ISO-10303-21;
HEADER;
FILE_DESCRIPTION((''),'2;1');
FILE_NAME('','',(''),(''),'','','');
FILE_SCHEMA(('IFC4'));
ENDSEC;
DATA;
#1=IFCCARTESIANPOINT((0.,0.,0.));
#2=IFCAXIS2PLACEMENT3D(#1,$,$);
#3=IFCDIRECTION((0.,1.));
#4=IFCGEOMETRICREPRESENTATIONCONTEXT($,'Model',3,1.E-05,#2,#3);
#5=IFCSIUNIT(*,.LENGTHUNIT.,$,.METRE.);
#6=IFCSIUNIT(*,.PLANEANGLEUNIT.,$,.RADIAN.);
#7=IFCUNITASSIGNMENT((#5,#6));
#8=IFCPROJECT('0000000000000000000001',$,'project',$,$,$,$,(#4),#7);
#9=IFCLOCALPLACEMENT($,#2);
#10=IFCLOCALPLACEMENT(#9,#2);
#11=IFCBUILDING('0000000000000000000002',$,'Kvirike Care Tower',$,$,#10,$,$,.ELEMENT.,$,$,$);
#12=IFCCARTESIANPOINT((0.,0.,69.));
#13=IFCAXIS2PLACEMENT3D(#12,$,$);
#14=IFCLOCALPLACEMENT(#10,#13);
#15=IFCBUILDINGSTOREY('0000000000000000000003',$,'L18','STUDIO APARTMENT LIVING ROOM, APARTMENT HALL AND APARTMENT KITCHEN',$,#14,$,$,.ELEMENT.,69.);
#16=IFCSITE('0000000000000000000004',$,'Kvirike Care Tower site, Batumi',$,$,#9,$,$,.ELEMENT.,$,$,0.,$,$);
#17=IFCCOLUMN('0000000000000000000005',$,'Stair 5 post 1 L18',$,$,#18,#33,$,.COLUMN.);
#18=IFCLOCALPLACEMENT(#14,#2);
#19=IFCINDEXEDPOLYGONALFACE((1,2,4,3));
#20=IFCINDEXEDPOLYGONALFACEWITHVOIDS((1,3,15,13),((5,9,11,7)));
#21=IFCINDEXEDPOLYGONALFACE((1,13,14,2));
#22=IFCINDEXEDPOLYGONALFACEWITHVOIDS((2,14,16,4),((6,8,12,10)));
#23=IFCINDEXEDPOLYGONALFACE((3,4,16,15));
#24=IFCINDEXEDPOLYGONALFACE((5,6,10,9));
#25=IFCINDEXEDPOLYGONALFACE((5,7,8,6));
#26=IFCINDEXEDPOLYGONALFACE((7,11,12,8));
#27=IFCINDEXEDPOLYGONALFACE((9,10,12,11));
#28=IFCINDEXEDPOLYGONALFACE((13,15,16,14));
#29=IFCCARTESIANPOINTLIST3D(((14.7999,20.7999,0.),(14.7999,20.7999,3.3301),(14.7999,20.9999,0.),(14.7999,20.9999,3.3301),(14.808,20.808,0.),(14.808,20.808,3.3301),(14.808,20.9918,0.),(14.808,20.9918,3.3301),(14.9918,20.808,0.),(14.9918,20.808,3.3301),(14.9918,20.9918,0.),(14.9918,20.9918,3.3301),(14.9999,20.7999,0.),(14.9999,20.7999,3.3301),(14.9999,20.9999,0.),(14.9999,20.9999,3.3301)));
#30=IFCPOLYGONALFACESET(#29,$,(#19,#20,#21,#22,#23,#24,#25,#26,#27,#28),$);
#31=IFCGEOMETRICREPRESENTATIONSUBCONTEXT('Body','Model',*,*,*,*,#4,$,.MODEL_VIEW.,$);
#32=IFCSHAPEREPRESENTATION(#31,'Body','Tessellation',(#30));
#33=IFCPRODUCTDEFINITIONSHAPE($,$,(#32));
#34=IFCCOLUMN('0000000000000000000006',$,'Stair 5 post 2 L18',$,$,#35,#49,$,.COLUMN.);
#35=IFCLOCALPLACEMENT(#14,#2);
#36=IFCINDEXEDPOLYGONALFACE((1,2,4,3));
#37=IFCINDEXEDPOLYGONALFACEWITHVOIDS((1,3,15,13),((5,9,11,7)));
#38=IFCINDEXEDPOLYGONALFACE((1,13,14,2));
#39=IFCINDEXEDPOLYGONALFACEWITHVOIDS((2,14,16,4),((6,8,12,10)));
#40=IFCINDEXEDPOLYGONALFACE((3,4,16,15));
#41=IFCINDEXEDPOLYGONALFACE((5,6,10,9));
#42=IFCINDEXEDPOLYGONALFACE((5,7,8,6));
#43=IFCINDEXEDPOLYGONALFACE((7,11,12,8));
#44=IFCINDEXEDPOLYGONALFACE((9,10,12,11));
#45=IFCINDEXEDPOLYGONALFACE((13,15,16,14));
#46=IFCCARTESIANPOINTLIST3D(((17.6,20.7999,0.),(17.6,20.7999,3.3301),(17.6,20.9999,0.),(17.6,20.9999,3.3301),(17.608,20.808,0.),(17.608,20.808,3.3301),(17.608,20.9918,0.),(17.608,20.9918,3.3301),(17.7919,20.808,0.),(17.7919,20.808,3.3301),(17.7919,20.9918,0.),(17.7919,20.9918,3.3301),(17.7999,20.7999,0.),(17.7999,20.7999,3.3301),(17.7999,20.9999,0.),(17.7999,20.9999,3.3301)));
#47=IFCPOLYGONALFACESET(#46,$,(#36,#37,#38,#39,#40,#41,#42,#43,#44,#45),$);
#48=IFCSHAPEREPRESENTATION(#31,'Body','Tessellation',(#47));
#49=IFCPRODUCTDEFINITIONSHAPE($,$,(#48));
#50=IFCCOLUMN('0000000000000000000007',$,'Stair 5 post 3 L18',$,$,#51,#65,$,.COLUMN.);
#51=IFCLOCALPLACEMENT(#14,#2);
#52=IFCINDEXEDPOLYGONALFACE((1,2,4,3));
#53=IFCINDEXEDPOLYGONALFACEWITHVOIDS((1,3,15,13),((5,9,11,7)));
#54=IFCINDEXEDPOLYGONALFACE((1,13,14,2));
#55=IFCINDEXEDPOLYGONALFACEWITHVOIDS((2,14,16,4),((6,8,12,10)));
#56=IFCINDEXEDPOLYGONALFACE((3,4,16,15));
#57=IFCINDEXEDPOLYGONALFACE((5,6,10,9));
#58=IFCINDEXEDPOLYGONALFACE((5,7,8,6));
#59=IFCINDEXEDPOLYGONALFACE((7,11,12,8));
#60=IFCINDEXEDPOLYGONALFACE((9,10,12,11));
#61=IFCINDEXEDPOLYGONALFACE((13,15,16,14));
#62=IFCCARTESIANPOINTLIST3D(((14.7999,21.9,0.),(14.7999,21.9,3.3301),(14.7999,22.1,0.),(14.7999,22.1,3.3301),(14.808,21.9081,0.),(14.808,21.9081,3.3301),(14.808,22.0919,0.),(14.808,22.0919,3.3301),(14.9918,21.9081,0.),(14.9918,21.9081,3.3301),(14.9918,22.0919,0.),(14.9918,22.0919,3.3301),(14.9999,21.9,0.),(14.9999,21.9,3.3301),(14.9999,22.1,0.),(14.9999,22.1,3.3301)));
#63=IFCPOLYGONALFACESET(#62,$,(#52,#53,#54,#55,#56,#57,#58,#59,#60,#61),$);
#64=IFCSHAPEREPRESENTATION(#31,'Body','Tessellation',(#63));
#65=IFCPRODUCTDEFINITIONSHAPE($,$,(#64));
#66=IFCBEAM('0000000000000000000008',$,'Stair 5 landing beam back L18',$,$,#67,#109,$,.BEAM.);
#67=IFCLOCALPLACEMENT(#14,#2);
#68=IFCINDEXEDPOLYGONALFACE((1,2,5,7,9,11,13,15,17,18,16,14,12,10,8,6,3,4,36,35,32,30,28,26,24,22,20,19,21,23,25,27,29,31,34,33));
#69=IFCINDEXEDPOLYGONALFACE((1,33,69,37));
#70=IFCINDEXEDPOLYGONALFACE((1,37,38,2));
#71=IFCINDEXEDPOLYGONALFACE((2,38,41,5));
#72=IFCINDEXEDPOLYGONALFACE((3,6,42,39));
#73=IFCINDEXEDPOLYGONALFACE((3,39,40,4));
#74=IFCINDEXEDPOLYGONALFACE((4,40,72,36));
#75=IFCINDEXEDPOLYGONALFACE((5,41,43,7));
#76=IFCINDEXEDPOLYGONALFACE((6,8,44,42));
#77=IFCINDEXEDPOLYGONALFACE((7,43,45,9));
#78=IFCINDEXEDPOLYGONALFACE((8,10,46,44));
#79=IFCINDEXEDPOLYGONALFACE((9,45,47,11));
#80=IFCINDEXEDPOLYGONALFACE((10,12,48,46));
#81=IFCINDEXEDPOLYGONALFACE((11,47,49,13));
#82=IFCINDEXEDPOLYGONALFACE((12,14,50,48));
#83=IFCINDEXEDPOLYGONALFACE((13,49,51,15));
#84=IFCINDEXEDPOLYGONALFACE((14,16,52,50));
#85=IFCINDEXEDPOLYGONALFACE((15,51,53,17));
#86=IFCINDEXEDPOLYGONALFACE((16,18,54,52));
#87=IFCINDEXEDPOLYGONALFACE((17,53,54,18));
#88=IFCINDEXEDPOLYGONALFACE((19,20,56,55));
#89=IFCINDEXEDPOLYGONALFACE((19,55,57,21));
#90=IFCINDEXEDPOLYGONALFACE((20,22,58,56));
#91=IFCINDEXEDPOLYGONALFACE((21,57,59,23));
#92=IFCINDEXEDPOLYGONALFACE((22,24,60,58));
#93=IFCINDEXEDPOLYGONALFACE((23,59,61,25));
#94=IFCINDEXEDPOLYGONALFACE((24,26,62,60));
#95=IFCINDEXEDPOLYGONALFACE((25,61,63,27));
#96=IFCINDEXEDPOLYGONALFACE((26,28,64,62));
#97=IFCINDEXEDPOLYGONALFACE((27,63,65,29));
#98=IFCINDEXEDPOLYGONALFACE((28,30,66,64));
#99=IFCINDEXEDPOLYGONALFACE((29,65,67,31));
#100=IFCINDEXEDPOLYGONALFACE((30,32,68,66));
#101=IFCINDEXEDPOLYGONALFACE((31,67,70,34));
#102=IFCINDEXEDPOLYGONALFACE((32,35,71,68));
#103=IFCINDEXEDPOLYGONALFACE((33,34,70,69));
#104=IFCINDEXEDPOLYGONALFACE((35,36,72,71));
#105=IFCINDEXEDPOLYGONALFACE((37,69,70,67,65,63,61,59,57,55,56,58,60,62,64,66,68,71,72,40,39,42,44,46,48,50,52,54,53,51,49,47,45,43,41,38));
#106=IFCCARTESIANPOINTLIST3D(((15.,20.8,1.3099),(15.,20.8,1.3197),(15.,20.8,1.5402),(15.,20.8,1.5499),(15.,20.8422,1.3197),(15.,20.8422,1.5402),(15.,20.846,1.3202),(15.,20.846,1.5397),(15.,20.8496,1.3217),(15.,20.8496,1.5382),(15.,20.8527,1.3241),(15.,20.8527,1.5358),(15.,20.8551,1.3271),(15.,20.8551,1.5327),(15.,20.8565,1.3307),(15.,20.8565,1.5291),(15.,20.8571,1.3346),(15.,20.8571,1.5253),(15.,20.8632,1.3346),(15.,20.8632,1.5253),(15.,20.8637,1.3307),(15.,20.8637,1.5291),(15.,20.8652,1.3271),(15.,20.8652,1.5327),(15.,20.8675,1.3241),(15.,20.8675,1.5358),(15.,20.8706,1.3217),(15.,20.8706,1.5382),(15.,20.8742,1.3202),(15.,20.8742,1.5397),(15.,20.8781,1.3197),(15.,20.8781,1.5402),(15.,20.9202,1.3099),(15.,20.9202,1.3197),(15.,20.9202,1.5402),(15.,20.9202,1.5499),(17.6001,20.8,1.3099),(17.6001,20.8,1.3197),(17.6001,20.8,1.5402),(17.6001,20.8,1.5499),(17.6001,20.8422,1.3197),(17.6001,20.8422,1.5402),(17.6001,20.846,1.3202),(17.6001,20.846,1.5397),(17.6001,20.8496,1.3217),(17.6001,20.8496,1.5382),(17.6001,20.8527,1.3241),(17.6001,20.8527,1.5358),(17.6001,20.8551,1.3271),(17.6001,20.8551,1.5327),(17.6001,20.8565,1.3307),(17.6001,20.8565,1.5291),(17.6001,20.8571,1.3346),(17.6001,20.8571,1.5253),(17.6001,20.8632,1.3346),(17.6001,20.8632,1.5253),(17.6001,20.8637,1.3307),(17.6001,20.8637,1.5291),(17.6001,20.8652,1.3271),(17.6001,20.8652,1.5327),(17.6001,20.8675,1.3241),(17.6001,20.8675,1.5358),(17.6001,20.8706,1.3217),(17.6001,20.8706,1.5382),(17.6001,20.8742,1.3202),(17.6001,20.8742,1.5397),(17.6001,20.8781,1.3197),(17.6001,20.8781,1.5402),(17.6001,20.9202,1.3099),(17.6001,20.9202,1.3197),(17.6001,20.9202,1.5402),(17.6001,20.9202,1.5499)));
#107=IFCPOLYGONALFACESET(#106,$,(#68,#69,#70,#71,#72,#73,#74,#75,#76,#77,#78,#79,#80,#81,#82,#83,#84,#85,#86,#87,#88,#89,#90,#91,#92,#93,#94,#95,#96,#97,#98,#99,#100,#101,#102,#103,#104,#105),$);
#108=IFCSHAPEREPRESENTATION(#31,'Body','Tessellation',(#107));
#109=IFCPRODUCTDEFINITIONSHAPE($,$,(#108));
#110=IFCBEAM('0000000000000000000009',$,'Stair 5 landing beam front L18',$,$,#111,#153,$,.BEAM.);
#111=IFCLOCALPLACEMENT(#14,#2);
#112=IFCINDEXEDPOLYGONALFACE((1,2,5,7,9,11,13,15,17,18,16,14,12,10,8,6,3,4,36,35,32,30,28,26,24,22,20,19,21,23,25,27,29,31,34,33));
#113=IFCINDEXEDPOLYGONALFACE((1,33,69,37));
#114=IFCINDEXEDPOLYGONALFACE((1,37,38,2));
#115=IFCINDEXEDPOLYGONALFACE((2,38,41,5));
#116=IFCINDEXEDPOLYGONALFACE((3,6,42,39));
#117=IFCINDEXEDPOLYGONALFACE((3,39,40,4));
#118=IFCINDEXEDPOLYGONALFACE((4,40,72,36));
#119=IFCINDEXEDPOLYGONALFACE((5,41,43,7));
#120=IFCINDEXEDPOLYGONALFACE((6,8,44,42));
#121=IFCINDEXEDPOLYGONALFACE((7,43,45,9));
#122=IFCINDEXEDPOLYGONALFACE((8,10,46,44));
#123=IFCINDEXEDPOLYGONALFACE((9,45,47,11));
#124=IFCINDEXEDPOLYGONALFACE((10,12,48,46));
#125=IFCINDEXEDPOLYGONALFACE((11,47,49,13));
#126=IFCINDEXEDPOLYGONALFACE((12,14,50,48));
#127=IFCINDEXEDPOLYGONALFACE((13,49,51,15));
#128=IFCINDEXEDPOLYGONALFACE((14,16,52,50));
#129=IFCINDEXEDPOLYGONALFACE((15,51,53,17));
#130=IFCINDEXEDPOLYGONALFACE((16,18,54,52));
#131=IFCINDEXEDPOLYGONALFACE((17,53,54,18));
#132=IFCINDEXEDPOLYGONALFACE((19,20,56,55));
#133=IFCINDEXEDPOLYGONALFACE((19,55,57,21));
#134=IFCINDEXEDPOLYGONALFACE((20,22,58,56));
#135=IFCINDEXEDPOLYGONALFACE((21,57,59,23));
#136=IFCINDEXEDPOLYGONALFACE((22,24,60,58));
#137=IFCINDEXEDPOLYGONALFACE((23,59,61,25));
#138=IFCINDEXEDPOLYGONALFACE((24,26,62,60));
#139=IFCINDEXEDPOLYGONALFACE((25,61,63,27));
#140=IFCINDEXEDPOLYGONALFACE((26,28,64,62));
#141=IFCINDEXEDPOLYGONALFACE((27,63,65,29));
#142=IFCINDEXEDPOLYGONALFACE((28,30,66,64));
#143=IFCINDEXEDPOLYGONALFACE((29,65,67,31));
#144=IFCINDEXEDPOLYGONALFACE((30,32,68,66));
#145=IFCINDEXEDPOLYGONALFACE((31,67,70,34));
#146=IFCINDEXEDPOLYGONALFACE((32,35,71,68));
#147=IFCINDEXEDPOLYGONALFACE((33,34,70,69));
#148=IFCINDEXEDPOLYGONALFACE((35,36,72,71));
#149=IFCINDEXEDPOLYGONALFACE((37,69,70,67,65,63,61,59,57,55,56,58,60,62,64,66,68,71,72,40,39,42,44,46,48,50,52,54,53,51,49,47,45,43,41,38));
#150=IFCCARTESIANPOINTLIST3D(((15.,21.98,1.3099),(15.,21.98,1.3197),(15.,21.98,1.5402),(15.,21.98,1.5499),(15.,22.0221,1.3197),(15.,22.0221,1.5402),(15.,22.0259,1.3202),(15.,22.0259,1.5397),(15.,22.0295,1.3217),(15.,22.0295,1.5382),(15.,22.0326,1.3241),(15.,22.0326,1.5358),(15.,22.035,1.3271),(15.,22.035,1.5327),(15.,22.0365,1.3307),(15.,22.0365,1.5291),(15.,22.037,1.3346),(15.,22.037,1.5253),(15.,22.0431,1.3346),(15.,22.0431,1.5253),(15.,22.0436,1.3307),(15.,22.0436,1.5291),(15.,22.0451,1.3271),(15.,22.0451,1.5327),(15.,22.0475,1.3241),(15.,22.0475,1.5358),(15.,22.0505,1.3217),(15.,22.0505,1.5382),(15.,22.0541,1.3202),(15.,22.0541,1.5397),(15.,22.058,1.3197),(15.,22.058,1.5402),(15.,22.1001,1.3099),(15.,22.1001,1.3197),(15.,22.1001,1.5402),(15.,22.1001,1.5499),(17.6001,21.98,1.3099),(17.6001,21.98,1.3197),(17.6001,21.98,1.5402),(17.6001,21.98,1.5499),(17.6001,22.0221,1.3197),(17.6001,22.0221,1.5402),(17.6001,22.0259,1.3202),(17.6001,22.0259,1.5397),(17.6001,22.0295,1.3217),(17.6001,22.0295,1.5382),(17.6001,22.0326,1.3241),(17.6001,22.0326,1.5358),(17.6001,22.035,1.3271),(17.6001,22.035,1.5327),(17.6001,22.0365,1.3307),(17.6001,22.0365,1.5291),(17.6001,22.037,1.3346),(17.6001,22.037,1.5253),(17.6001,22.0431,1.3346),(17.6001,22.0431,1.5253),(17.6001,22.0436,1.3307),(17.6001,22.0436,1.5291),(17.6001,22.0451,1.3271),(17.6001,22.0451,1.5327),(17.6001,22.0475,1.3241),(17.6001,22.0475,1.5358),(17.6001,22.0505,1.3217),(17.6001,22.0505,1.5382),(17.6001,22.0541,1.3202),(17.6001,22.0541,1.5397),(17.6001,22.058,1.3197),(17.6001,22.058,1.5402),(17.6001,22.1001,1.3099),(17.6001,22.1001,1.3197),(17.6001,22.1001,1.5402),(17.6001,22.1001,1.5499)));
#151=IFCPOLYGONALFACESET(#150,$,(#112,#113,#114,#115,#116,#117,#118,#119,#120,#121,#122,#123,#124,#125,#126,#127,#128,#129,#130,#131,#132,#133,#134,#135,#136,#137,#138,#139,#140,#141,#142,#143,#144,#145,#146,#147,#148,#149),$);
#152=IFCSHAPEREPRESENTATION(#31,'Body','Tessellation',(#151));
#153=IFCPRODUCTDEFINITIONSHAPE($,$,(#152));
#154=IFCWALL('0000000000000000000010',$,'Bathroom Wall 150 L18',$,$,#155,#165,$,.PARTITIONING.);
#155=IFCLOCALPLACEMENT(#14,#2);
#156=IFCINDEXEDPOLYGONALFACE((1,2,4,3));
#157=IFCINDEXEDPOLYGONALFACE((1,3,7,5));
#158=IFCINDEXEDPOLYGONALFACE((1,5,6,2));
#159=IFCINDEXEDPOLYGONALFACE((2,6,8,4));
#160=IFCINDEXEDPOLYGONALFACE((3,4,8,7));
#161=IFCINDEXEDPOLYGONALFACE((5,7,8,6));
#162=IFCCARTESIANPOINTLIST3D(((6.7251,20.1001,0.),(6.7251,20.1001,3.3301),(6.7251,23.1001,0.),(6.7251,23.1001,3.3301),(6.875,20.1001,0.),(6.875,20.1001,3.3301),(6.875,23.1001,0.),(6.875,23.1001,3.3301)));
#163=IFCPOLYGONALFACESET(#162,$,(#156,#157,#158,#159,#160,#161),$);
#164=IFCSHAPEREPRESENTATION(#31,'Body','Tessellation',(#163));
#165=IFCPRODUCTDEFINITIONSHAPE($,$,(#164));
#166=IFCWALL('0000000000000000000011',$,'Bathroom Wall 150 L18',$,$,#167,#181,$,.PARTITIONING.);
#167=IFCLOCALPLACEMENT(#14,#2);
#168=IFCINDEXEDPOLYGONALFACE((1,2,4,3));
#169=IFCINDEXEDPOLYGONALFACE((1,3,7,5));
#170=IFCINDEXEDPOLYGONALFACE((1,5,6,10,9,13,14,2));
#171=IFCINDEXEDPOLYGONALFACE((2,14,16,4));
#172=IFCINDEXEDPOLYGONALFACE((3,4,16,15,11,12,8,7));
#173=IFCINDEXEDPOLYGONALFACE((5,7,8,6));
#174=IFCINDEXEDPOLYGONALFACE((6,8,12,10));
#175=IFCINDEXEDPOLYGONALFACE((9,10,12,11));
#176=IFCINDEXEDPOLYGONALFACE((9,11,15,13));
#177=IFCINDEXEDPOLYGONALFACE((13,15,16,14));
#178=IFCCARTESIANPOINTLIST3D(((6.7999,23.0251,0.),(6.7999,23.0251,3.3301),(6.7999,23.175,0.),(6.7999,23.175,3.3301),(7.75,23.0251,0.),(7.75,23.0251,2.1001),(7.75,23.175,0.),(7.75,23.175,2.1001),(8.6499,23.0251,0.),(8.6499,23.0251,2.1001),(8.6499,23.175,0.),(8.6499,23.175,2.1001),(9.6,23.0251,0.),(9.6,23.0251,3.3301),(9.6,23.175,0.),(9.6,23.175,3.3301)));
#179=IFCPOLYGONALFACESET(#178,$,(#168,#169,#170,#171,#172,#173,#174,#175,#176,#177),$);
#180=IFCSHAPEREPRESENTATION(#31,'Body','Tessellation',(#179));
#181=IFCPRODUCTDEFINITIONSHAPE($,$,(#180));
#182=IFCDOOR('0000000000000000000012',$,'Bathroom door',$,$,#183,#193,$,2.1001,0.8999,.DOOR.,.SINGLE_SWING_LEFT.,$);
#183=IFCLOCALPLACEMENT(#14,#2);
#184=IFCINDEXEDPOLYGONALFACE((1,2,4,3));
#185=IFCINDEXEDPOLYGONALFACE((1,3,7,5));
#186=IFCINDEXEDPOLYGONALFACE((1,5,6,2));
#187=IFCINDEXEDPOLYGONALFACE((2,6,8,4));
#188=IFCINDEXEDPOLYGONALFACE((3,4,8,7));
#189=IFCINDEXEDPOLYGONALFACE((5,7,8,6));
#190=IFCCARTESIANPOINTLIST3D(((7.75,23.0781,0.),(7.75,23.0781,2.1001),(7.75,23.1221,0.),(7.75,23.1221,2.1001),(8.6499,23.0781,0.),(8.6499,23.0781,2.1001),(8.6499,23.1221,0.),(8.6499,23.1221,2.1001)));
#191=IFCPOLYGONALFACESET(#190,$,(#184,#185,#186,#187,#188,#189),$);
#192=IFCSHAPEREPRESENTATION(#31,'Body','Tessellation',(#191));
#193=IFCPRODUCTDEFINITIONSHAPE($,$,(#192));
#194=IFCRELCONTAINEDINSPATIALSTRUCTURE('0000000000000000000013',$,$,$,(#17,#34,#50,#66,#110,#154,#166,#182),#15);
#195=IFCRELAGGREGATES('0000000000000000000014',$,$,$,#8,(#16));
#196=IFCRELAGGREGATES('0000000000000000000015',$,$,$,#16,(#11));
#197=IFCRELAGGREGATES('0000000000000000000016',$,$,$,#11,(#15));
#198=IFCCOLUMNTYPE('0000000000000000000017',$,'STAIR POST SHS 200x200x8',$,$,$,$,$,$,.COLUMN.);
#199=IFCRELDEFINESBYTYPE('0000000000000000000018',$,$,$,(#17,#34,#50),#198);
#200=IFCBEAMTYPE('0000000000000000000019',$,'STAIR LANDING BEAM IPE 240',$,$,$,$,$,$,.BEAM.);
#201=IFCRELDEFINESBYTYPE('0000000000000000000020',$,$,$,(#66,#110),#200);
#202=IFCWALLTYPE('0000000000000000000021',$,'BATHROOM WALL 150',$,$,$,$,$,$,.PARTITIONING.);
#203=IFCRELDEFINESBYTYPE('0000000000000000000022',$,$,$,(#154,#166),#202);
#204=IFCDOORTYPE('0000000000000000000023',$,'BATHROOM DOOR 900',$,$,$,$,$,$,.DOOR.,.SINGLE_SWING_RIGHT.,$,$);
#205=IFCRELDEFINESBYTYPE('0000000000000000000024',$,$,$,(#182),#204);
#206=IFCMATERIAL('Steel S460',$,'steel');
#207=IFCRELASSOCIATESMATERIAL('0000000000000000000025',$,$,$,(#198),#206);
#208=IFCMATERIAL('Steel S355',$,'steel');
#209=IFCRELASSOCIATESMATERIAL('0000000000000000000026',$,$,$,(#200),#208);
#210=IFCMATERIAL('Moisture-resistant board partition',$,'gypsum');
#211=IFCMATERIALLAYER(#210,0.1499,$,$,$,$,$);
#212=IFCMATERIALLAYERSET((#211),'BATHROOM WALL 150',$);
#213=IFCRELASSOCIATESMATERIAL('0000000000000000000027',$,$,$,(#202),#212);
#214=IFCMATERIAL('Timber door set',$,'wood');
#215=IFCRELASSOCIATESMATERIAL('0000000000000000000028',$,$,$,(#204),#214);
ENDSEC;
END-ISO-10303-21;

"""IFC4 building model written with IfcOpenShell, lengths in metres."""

from ifc_helpers import new_model, si_unit, direction, frame, frame_2d, origin, origin_2d, place, context, subcontext, project, spatial, rectangle, hollow_rectangle, i_section, extrude, material, layer, layer_set, material_profile, profile_set, type_object, element, fill, save


model = new_model("IFC4")

# Units and contexts
model_context = context("Model", 3, precision=1e-05, world=origin(), true_north=direction((0.0, 1.0)))
body_context = subcontext(model_context, "Body", "Model", "MODEL_VIEW")
ifc_project = project(units=[si_unit("LENGTHUNIT", "METRE"), si_unit("PLANEANGLEUNIT", "RADIAN")], contexts=[model_context])

# Site, building, storey
site_placement = place(None, origin())
site = spatial("IfcSite", under=ifc_project, at=site_placement, Name="Kvirike Care Tower site, Batumi", CompositionType="ELEMENT", RefElevation=0.0)
building_placement = place(site_placement, origin())
building = spatial("IfcBuilding", under=site, at=building_placement, Name="Kvirike Care Tower", CompositionType="ELEMENT")
storey_placement = place(building_placement, frame((0.0, 0.0, 69.0)))
storey = spatial("IfcBuildingStorey", under=building, at=storey_placement, Name="L18", Description="STUDIO APARTMENT LIVING ROOM, APARTMENT HALL AND APARTMENT KITCHEN", CompositionType="ELEMENT", Elevation=69.0)

# Columns
ifc_material_1 = material(Name="Steel S460", Category="steel")
ifc_material_profile_1 = material_profile(ifc_material_1, hollow_rectangle(XDim=0.2, YDim=0.2, WallThickness=0.0081, at=origin_2d()), Name="SHS 200x200x8")
ifc_profile_set_1 = profile_set([ifc_material_profile_1], Name="Steel S460")
column_type = type_object("IfcColumnType", Name="STAIR POST SHS 200x200x8", PredefinedType="COLUMN", material=ifc_profile_set_1)
for number, where, z_axis, x_axis, name in (
    (1, (14.8999, 20.8999, 0.0), (0.0, 0.0, 1.0), (1.0, 0.0, 0.0), "Stair 5 post 1 L18"),
    (2, (17.7, 20.8999, 0.0), (0.0, 0.0, 1.0), (1.0, 0.0, 0.0), "Stair 5 post 2 L18"),
    (3, (14.8999, 22.0, 0.0), (0.0, 0.0, 1.0), (1.0, 0.0, 0.0), "Stair 5 post 3 L18"),
):
    element("IfcColumn", number, at=place(storey_placement, frame(where, z_axis=z_axis, x_axis=x_axis)), inside=storey, type_object=column_type, Name=name, PredefinedType="COLUMN", context=body_context, shape_type="SweptSolid", body=[
        extrude(hollow_rectangle(XDim=0.2, YDim=0.2, WallThickness=0.0081, at=origin_2d()), origin(), (0.0, 0.0, 1.0), 3.3301),
    ])

# Beams
ifc_material_2 = material(Name="Steel S355", Category="steel")
ifc_material_profile_2 = material_profile(ifc_material_2, i_section(OverallWidth=0.1201, OverallDepth=0.24, WebThickness=0.0061, FlangeThickness=0.0098, FilletRadius=0.0149, at=origin_2d()), Name="IPE 240")
ifc_profile_set_2 = profile_set([ifc_material_profile_2], Name="Steel S355")
beam_type = type_object("IfcBeamType", Name="STAIR LANDING BEAM IPE 240", PredefinedType="BEAM", material=ifc_profile_set_2)
for number, where, z_axis, x_axis, name in (
    (4, (15.0, 20.8601, 1.4299), (1.0, 0.0, 0.0), (0.0, 1.0, 0.0), "Stair 5 landing beam back L18"),
    (5, (15.0, 22.04, 1.4299), (1.0, 0.0, 0.0), (0.0, 1.0, 0.0), "Stair 5 landing beam front L18"),
):
    element("IfcBeam", number, at=place(storey_placement, frame(where, z_axis=z_axis, x_axis=x_axis)), inside=storey, type_object=beam_type, Name=name, PredefinedType="BEAM", context=body_context, shape_type="SweptSolid", body=[
        extrude(i_section(OverallWidth=0.1201, OverallDepth=0.24, WebThickness=0.0061, FlangeThickness=0.0098, FilletRadius=0.0149, at=origin_2d()), origin(), (0.0, 0.0, 1.0), 2.6001),
    ])

# Wall
ifc_material_3 = material(Name="Moisture-resistant board partition", Category="gypsum")
ifc_layer_1 = layer(ifc_material_3, 0.1499)
ifc_layer_set_1 = layer_set([ifc_layer_1], Name="BATHROOM WALL 150")
wall_type_1 = type_object("IfcWallType", Name="BATHROOM WALL 150", PredefinedType="PARTITIONING", material=ifc_layer_set_1)
wall_1_placement = place(storey_placement, frame((6.8, 20.1001, 0.0), z_axis=(0.0, 0.0, 1.0), x_axis=(0.0, 1.0, 0.0)))
element("IfcWall", 6, at=wall_1_placement, inside=storey, type_object=wall_type_1, Name="Bathroom Wall 150 L18", PredefinedType="PARTITIONING", context=body_context, shape_type="SweptSolid", body=[
    extrude(rectangle(XDim=3.0, YDim=0.1499, at=frame_2d((1.5, 0.0))), origin(), (0.0, 0.0, 1.0), 3.3301),
])

# Wall, opening, door
wall_2_placement = place(storey_placement, frame((6.8, 23.1001, 0.0), z_axis=(0.0, 0.0, 1.0), x_axis=(1.0, 0.0, 0.0)))
wall_2 = element("IfcWall", 7, at=wall_2_placement, inside=storey, type_object=wall_type_1, Name="Bathroom Wall 150 L18", PredefinedType="PARTITIONING", context=body_context, shape_type="SweptSolid", body=[
    extrude(rectangle(XDim=2.8, YDim=0.1499, at=frame_2d((1.3999, 0.0))), origin(), (0.0, 0.0, 1.0), 3.3301),
])
opening_1_placement = place(wall_2_placement, frame((0.95, 0.0, 0.0)))
opening_1 = element("IfcOpeningElement", 8, at=opening_1_placement, cuts=wall_2, PredefinedType="OPENING", context=body_context, shape_type="SweptSolid", body=[
    extrude(rectangle(XDim=0.8999, YDim=2.1001, at=frame_2d((0.45, 1.05))), frame((0.0, 0.0854, 0.0), z_axis=(0.0, -1.0, 0.0), x_axis=(1.0, 0.0, 0.0)), (0.0, 0.0, 1.0), 0.1709),
])
ifc_material_4 = material(Name="Timber door set", Category="wood")
door_type_1 = type_object("IfcDoorType", Name="BATHROOM DOOR 900", OperationType="SINGLE_SWING_RIGHT", PredefinedType="DOOR", material=ifc_material_4)
door_1_placement = place(opening_1_placement, frame((0.8999, 0.0, 0.0), z_axis=(0.0, 0.0, 1.0), x_axis=(-1.0, 0.0, 0.0)))
door_1 = element("IfcDoor", 9, at=door_1_placement, inside=storey, type_object=door_type_1, Name="Bathroom door", OperationType="SINGLE_SWING_LEFT", OverallHeight=2.1001, OverallWidth=0.8999, PredefinedType="DOOR", context=body_context, shape_type="SweptSolid", body=[
    extrude(rectangle(XDim=0.8999, YDim=2.1001, at=frame_2d((0.45, 1.05))), frame((0.0, 0.022, 0.0), z_axis=(0.0, -1.0, 0.0), x_axis=(1.0, 0.0, 0.0)), (0.0, 0.0, 1.0), 0.0439),
])
fill(opening_1, door_1)

save(model, "model.ifc")
